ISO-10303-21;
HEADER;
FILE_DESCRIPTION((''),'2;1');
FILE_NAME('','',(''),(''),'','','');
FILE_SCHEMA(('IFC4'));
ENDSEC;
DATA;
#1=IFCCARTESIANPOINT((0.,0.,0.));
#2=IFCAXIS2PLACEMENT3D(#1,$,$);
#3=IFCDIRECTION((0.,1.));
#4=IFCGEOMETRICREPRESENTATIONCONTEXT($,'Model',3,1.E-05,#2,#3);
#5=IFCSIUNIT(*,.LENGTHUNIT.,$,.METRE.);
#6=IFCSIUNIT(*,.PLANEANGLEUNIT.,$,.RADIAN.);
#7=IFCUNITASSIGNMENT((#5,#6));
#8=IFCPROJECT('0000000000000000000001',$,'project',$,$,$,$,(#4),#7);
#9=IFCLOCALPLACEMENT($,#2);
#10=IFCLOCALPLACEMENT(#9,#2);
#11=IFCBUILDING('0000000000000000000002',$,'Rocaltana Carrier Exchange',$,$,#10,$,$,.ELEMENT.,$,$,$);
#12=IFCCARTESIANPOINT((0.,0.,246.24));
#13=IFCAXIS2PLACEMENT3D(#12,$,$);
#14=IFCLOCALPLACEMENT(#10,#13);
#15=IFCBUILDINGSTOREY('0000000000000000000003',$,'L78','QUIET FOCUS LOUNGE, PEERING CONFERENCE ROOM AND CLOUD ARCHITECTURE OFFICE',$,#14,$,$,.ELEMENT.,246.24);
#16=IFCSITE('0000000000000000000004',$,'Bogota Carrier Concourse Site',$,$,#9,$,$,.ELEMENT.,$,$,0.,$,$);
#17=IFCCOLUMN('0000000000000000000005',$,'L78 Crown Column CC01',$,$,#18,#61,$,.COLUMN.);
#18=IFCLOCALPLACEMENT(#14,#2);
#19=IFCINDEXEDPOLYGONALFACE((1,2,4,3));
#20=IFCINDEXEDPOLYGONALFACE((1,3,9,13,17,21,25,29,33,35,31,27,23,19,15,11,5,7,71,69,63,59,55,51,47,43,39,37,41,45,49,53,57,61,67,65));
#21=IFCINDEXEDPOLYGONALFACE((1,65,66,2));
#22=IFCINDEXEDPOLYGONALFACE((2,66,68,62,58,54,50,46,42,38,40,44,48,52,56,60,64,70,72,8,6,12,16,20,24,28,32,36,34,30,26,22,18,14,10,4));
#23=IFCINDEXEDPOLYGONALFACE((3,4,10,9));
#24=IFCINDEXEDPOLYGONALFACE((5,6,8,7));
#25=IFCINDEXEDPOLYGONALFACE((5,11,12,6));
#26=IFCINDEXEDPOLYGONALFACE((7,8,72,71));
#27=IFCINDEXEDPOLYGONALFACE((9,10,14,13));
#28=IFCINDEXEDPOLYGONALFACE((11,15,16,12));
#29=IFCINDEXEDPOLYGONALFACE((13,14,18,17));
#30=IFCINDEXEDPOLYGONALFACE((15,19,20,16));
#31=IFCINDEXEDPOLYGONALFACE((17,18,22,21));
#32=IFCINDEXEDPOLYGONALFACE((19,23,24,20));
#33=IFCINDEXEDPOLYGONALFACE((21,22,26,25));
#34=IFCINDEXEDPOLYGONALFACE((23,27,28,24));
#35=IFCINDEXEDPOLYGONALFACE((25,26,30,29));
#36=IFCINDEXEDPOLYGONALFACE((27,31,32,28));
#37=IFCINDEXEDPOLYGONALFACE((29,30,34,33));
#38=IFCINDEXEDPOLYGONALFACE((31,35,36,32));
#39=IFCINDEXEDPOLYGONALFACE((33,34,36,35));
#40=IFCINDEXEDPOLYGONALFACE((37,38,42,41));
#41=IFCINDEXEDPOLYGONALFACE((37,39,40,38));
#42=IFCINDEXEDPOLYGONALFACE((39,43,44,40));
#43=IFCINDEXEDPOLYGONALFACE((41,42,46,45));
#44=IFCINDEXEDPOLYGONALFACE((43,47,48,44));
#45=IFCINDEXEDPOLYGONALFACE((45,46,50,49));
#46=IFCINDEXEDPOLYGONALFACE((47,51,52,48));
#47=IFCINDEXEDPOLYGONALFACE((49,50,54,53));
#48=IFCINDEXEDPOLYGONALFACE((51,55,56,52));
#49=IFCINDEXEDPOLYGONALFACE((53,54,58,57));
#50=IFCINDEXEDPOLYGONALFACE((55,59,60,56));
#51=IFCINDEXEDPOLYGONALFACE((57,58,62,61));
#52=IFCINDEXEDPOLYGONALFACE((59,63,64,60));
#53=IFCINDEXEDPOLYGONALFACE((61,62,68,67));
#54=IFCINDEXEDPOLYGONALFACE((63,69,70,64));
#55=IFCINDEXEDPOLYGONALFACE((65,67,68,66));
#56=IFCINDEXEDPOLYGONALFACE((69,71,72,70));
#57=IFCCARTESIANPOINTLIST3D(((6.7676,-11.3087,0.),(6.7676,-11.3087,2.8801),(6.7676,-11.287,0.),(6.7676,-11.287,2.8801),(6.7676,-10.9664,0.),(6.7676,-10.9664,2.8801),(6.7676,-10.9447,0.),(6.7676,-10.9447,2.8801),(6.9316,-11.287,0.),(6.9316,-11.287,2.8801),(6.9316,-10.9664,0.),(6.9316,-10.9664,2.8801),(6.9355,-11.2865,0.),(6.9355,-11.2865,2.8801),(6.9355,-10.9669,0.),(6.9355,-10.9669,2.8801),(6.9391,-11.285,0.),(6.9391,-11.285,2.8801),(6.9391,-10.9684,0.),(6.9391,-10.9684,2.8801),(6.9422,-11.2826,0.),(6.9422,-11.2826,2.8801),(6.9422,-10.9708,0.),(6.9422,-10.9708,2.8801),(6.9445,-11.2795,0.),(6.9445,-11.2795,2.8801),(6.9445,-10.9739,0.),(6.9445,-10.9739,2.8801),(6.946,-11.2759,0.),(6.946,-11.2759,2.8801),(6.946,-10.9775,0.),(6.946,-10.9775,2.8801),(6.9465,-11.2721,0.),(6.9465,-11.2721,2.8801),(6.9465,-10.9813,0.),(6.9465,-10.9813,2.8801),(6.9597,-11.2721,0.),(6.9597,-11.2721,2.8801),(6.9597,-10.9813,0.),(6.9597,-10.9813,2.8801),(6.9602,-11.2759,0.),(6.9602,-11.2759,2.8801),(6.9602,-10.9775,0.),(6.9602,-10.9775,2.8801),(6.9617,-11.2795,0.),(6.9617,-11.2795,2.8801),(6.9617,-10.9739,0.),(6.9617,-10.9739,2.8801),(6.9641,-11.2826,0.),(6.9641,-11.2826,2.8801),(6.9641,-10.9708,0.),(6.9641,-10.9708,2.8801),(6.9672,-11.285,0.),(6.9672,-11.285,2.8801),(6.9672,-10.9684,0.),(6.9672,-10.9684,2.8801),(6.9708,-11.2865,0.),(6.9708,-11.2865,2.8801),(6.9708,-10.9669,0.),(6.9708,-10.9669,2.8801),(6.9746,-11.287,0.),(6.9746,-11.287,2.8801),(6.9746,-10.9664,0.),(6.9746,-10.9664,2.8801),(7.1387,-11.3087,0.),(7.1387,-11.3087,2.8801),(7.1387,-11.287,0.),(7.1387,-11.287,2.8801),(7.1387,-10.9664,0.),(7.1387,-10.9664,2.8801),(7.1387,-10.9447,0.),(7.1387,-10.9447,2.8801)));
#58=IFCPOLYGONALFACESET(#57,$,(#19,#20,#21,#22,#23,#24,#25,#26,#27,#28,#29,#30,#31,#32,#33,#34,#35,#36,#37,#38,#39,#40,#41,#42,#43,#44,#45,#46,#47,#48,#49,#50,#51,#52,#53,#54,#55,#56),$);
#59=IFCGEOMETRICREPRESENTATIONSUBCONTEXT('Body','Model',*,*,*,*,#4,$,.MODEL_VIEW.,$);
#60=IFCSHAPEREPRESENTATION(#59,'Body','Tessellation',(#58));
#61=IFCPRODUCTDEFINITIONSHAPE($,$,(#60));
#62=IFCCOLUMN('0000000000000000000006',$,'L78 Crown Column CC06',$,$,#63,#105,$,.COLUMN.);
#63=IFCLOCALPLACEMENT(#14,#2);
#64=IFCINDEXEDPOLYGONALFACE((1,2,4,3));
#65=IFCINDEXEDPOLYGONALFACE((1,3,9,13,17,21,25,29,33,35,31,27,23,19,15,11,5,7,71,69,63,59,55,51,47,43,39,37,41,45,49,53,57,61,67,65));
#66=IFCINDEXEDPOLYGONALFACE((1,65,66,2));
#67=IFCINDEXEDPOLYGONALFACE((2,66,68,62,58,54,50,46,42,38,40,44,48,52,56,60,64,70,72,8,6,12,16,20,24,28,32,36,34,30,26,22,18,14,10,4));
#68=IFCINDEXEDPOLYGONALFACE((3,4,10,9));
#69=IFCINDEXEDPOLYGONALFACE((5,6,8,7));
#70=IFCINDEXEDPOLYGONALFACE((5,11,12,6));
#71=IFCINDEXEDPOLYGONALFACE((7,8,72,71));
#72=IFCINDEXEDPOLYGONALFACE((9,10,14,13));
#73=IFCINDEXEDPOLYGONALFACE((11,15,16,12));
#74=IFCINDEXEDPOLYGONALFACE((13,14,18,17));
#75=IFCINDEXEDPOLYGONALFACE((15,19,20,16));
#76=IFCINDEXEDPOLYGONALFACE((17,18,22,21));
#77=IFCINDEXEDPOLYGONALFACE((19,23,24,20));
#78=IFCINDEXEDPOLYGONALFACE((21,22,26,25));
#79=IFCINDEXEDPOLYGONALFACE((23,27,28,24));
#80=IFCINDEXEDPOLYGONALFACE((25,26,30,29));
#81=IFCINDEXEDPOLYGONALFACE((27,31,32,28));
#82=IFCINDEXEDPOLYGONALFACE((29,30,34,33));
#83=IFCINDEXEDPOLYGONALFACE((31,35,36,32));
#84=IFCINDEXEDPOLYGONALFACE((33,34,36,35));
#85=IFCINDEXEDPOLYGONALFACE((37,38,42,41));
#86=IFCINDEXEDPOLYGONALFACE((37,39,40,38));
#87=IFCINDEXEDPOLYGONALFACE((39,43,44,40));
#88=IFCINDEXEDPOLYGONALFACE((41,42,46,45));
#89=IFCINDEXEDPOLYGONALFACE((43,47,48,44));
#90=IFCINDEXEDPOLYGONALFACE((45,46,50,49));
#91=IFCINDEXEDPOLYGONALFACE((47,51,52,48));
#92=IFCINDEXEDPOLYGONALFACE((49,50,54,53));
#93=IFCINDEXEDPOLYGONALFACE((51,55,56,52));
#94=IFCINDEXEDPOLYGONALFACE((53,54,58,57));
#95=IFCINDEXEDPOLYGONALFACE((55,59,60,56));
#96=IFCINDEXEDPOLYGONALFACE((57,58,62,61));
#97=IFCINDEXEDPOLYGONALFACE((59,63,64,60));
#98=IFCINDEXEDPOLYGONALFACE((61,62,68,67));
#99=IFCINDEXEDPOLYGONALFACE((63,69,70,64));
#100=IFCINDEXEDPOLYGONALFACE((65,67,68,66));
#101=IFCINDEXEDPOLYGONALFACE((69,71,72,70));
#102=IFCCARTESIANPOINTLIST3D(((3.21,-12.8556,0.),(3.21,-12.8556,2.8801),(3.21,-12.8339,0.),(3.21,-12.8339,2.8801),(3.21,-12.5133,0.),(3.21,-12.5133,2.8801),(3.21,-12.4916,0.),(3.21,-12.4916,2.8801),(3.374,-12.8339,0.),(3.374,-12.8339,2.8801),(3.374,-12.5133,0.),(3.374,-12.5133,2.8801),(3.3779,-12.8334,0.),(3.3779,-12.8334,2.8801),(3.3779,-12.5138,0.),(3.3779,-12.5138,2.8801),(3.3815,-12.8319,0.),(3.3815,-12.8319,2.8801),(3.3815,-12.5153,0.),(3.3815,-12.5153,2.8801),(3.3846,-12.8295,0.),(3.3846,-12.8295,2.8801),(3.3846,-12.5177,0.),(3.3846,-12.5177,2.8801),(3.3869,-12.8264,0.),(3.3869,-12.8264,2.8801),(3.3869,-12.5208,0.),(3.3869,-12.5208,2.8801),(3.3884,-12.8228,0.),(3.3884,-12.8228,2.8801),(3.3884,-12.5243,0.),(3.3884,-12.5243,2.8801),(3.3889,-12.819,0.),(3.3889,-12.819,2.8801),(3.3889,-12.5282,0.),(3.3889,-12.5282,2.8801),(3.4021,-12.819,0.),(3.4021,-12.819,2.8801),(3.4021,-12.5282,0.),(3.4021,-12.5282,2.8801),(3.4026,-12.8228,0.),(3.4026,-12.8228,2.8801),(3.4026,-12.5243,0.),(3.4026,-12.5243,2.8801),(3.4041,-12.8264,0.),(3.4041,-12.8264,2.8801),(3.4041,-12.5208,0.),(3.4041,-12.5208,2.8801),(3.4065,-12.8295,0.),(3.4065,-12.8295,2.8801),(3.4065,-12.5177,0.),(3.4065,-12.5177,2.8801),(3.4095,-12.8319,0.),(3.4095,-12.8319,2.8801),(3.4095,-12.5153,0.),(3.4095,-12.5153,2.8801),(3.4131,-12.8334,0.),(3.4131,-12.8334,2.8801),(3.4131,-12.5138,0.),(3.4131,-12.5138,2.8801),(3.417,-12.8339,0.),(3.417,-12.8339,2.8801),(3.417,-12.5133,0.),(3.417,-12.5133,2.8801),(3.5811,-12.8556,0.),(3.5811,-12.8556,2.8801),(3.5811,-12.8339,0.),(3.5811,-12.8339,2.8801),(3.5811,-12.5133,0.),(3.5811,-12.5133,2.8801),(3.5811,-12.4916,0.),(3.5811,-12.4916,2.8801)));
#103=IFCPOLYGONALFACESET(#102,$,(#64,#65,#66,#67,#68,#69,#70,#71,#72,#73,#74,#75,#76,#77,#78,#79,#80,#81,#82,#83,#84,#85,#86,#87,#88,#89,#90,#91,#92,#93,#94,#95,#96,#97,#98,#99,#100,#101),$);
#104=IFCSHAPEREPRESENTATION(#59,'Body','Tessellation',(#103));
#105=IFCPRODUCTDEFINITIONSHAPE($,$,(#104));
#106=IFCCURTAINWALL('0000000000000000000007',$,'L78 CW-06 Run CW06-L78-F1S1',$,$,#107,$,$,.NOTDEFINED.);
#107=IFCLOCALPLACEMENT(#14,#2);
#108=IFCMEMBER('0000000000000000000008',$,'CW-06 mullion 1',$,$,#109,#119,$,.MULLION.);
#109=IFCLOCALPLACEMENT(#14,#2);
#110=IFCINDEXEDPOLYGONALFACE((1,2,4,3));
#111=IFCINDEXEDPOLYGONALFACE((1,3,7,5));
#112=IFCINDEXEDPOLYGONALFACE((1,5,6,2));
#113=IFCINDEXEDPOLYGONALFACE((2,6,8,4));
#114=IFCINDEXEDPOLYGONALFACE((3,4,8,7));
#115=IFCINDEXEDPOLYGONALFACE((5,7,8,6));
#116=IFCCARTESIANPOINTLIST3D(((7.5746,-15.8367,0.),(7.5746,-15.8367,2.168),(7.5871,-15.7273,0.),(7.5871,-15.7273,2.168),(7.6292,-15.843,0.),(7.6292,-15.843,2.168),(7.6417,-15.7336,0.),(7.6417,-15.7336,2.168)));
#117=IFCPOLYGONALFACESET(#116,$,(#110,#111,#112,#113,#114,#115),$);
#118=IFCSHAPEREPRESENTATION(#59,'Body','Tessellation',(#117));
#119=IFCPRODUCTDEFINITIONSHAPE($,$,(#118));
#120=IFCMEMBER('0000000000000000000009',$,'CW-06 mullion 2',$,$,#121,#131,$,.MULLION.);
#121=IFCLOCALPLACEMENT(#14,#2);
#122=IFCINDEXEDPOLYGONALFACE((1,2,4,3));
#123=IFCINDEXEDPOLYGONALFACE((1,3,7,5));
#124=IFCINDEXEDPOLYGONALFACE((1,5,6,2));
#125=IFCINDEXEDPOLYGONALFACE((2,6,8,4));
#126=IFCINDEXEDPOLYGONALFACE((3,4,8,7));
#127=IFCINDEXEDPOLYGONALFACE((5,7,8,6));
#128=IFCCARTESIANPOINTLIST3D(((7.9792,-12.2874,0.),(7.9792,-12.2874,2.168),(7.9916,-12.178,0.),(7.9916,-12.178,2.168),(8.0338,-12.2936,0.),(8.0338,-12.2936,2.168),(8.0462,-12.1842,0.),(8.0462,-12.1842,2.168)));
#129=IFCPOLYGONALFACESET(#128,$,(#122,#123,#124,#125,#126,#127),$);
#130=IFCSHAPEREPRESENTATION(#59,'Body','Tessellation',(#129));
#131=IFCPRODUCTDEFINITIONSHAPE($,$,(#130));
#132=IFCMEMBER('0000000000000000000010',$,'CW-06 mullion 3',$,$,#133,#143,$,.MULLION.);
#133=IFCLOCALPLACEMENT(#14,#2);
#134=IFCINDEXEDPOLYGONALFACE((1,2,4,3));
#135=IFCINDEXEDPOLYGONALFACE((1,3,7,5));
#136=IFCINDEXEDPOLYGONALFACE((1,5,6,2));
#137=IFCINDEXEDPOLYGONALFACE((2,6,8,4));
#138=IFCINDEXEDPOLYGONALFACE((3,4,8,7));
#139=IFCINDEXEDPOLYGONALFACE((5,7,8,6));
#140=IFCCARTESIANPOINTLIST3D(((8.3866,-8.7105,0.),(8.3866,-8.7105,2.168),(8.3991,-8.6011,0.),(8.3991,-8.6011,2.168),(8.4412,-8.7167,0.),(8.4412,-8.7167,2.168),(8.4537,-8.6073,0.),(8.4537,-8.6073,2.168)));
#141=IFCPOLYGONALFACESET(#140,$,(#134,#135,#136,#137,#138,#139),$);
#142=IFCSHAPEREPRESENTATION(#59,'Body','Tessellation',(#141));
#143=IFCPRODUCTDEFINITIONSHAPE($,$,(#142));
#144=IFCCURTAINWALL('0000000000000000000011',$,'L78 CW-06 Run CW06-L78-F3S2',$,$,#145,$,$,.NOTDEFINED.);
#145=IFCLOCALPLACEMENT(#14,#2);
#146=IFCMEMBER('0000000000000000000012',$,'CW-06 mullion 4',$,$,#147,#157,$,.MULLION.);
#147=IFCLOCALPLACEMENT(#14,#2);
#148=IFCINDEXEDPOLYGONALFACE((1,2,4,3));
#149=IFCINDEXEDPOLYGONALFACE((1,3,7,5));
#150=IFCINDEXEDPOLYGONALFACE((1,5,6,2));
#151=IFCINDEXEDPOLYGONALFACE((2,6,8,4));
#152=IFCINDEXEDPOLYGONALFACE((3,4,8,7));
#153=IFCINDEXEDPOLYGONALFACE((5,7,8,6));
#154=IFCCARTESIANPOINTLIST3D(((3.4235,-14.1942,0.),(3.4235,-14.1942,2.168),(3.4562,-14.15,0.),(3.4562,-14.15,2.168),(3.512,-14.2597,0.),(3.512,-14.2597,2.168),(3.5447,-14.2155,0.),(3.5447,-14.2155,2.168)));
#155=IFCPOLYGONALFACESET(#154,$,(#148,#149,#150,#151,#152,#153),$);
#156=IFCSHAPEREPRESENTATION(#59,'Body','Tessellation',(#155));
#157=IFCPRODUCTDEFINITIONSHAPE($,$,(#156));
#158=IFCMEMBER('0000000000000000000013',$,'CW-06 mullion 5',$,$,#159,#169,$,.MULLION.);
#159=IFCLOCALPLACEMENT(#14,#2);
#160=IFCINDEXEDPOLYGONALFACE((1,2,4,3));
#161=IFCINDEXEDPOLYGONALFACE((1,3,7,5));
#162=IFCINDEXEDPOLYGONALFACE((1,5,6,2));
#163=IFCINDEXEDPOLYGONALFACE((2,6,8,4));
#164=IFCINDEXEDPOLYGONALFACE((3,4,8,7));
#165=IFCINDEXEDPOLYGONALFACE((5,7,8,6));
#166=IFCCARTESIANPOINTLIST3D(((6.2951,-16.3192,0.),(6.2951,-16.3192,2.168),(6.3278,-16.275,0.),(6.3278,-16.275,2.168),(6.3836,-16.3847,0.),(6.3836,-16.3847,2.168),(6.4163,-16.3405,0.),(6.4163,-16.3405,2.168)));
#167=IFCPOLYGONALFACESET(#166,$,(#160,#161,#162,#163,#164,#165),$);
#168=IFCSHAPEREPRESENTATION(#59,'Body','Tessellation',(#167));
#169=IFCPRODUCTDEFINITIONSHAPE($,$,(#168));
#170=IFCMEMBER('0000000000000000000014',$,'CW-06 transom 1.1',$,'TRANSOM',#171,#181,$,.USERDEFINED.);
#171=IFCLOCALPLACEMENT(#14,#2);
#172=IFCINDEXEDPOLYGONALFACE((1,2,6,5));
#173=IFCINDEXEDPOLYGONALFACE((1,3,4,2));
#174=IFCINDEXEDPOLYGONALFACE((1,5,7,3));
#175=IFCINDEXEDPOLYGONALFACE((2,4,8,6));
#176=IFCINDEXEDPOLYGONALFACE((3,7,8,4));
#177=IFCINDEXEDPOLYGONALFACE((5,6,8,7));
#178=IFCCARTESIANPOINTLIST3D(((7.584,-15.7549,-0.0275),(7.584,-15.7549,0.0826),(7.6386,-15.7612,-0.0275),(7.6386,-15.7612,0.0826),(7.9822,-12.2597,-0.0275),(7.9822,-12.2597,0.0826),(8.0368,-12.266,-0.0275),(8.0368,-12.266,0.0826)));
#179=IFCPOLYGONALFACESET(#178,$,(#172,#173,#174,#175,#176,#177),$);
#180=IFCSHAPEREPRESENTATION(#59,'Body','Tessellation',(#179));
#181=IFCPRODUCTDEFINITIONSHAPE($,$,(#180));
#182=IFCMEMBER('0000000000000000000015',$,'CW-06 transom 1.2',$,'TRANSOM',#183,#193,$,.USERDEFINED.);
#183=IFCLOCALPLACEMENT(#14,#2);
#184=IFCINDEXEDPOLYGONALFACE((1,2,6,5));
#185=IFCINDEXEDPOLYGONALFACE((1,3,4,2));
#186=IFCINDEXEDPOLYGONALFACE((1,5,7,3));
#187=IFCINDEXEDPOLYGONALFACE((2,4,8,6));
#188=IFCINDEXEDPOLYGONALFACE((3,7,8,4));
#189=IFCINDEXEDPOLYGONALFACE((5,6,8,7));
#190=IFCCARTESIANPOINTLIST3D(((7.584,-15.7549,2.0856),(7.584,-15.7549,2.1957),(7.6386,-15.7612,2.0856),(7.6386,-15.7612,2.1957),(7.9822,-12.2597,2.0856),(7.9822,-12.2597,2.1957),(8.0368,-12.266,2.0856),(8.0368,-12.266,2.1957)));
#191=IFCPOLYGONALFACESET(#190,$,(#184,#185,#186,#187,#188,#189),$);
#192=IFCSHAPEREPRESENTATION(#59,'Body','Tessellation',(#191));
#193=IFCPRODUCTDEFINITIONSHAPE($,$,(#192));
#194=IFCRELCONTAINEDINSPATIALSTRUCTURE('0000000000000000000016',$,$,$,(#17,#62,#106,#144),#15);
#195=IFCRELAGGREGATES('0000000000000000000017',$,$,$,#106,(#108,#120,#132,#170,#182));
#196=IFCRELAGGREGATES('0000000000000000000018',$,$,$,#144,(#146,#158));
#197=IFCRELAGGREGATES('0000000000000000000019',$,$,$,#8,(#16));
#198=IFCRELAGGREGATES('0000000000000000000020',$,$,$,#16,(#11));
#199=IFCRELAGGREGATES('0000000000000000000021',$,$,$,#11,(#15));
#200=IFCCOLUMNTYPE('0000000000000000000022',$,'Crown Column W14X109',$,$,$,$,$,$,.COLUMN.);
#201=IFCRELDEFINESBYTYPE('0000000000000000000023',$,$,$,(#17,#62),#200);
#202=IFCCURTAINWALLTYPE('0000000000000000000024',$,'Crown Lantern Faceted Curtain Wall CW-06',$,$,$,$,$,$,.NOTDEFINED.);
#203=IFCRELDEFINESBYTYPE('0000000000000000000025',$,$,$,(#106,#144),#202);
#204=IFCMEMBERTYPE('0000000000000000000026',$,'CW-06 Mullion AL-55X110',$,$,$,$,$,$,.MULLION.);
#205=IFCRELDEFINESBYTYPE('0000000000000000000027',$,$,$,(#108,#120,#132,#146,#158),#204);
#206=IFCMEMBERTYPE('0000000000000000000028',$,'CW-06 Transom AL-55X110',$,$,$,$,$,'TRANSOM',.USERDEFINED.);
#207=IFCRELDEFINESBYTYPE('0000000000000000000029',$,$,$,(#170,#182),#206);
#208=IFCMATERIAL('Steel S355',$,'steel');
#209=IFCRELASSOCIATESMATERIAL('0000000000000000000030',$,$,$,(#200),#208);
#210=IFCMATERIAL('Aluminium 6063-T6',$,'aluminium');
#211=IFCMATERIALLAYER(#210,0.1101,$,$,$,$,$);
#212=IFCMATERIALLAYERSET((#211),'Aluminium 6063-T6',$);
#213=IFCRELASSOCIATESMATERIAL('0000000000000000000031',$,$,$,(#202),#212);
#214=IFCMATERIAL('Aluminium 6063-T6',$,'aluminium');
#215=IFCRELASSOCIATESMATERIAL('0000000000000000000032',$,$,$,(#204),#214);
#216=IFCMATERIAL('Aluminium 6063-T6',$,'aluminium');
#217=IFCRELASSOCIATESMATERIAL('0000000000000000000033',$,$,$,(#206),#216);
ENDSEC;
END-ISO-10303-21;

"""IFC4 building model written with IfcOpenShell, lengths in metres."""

from ifc_helpers import new_model, si_unit, direction, frame, origin, origin_2d, place, context, subcontext, project, spatial, rectangle, i_section, extrude, material, layer, layer_set, material_profile, profile_set, type_object, element, aggregate, save


model = new_model("IFC4")

# Units and contexts
model_context = context("Model", 3, precision=1e-05, world=origin(), true_north=direction((0.0, 1.0)))
body_context = subcontext(model_context, "Body", "Model", "MODEL_VIEW")
ifc_project = project(units=[si_unit("LENGTHUNIT", "METRE"), si_unit("PLANEANGLEUNIT", "RADIAN")], contexts=[model_context])

# Site, building, storey
site_placement = place(None, origin())
site = spatial("IfcSite", under=ifc_project, at=site_placement, Name="Bogota Carrier Concourse Site", CompositionType="ELEMENT", RefElevation=0.0)
building_placement = place(site_placement, origin())
building = spatial("IfcBuilding", under=site, at=building_placement, Name="Rocaltana Carrier Exchange", CompositionType="ELEMENT")
storey_placement = place(building_placement, frame((0.0, 0.0, 246.24)))
storey = spatial("IfcBuildingStorey", under=building, at=storey_placement, Name="L78", Description="QUIET FOCUS LOUNGE, PEERING CONFERENCE ROOM AND CLOUD ARCHITECTURE OFFICE", CompositionType="ELEMENT", Elevation=246.24)

# Columns
ifc_material_1 = material(Name="Steel S355", Category="steel")
ifc_material_profile_1 = material_profile(ifc_material_1, i_section(OverallWidth=0.3711, OverallDepth=0.364, WebThickness=0.0132, FlangeThickness=0.0217, FilletRadius=0.0149, at=origin_2d()), Name="W14X109")
ifc_profile_set_1 = profile_set([ifc_material_profile_1], Name="Steel S355")
column_type = type_object("IfcColumnType", Name="Crown Column W14X109", PredefinedType="COLUMN", material=ifc_profile_set_1)
for number, where, z_axis, x_axis, name in (
    (1, (6.9531, -11.1267, 0.0), (0.0, 0.0, 1.0), (1.0, 0.0, 0.0), "L78 Crown Column CC01"),
    (2, (3.3955, -12.6736, 0.0), (0.0, 0.0, 1.0), (1.0, 0.0, 0.0), "L78 Crown Column CC06"),
):
    element("IfcColumn", number, at=place(storey_placement, frame(where, z_axis=z_axis, x_axis=x_axis)), inside=storey, type_object=column_type, Name=name, PredefinedType="COLUMN", context=body_context, shape_type="SweptSolid", body=[
        extrude(i_section(OverallWidth=0.3711, OverallDepth=0.364, WebThickness=0.0132, FlangeThickness=0.0217, FilletRadius=0.0149, at=origin_2d()), origin(), (0.0, 0.0, 1.0), 2.8801),
    ])

# Curtain walls, members
ifc_material_2 = material(Name="Aluminium 6063-T6", Category="aluminium")
ifc_layer_1 = layer(ifc_material_2, 0.1101)
ifc_layer_set_1 = layer_set([ifc_layer_1], Name="Aluminium 6063-T6")
curtain_wall_type = type_object("IfcCurtainWallType", Name="Crown Lantern Faceted Curtain Wall CW-06", PredefinedType="NOTDEFINED", material=ifc_layer_set_1)
curtain_wall_1_placement = place(storey_placement, origin())
curtain_wall_1 = element("IfcCurtainWall", 3, at=curtain_wall_1_placement, inside=storey, type_object=curtain_wall_type, Name="L78 CW-06 Run CW06-L78-F1S1", PredefinedType="NOTDEFINED")
ifc_material_3 = material(Name="Aluminium 6063-T6", Category="aluminium")
ifc_material_profile_2 = material_profile(ifc_material_3, rectangle(XDim=0.0549, YDim=0.1101, at=origin_2d()), Name="AL-55X110")
ifc_profile_set_2 = profile_set([ifc_material_profile_2], Name="Aluminium 6063-T6")
member_type_1 = type_object("IfcMemberType", Name="CW-06 Mullion AL-55X110", PredefinedType="MULLION", material=ifc_profile_set_2)
member_1_placement = place(storey_placement, frame((7.6082, -15.7852, 0.0), z_axis=(0.0, 0.0, 1.0), x_axis=(-0.993571, 0.113208, 0.0)))
member_1 = element("IfcMember", 4, at=member_1_placement, type_object=member_type_1, Name="CW-06 mullion 1", PredefinedType="MULLION", context=body_context, shape_type="SweptSolid", body=[
    extrude(rectangle(XDim=0.0549, YDim=0.1101, at=origin_2d()), origin(), (0.0, 0.0, 1.0), 2.168),
])
member_2_placement = place(storey_placement, frame((8.0127, -12.2358, 0.0), z_axis=(0.0, 0.0, 1.0), x_axis=(-0.993571, 0.113208, 0.0)))
member_2 = element("IfcMember", 5, at=member_2_placement, type_object=member_type_1, Name="CW-06 mullion 2", PredefinedType="MULLION", context=body_context, shape_type="SweptSolid", body=[
    extrude(rectangle(XDim=0.0549, YDim=0.1101, at=origin_2d()), origin(), (0.0, 0.0, 1.0), 2.168),
])
member_3_placement = place(storey_placement, frame((8.4202, -8.6589, 0.0), z_axis=(0.0, 0.0, 1.0), x_axis=(-0.993571, 0.113208, 0.0)))
member_3 = element("IfcMember", 6, at=member_3_placement, type_object=member_type_1, Name="CW-06 mullion 3", PredefinedType="MULLION", context=body_context, shape_type="SweptSolid", body=[
    extrude(rectangle(XDim=0.0549, YDim=0.1101, at=origin_2d()), origin(), (0.0, 0.0, 1.0), 2.168),
])
curtain_wall_2_placement = place(storey_placement, origin())
curtain_wall_2 = element("IfcCurtainWall", 7, at=curtain_wall_2_placement, inside=storey, type_object=curtain_wall_type, Name="L78 CW-06 Run CW06-L78-F3S2", PredefinedType="NOTDEFINED")
member_4_placement = place(storey_placement, frame((3.4841, -14.2048, 0.0), z_axis=(0.0, 0.0, 1.0), x_axis=(0.594826, 0.803854, 0.0)))
member_4 = element("IfcMember", 8, at=member_4_placement, type_object=member_type_1, Name="CW-06 mullion 4", PredefinedType="MULLION", context=body_context, shape_type="SweptSolid", body=[
    extrude(rectangle(XDim=0.0549, YDim=0.1101, at=origin_2d()), origin(), (0.0, 0.0, 1.0), 2.168),
])
member_5_placement = place(storey_placement, frame((6.3557, -16.3298, 0.0), z_axis=(0.0, 0.0, 1.0), x_axis=(0.594826, 0.803854, 0.0)))
member_5 = element("IfcMember", 9, at=member_5_placement, type_object=member_type_1, Name="CW-06 mullion 5", PredefinedType="MULLION", context=body_context, shape_type="SweptSolid", body=[
    extrude(rectangle(XDim=0.0549, YDim=0.1101, at=origin_2d()), origin(), (0.0, 0.0, 1.0), 2.168),
])

# Members
ifc_material_4 = material(Name="Aluminium 6063-T6", Category="aluminium")
ifc_material_profile_3 = material_profile(ifc_material_4, rectangle(XDim=0.0549, YDim=0.1101, at=origin_2d()), Name="AL-55X110")
ifc_profile_set_3 = profile_set([ifc_material_profile_3], Name="Aluminium 6063-T6")
member_type_2 = type_object("IfcMemberType", Name="CW-06 Transom AL-55X110", ElementType="TRANSOM", PredefinedType="USERDEFINED", material=ifc_profile_set_3)
member_6_placement = place(storey_placement, frame((7.6113, -15.7581, 0.0276), z_axis=(0.113196, 0.993573, 0.0), x_axis=(-0.993573, 0.113196, 0.0)))
member_6 = element("IfcMember", 10, at=member_6_placement, type_object=member_type_2, Name="CW-06 transom 1.1", ObjectType="TRANSOM", PredefinedType="USERDEFINED", context=body_context, shape_type="SweptSolid", body=[
    extrude(rectangle(XDim=0.0549, YDim=0.1101, at=origin_2d()), origin(), (0.0, 0.0, 1.0), 3.5178),
])
member_7_placement = place(storey_placement, frame((7.6113, -15.7581, 2.1406), z_axis=(0.113196, 0.993573, 0.0), x_axis=(-0.993573, 0.113196, 0.0)))
member_7 = element("IfcMember", 11, at=member_7_placement, type_object=member_type_2, Name="CW-06 transom 1.2", ObjectType="TRANSOM", PredefinedType="USERDEFINED", context=body_context, shape_type="SweptSolid", body=[
    extrude(rectangle(XDim=0.0549, YDim=0.1101, at=origin_2d()), origin(), (0.0, 0.0, 1.0), 3.5178),
])

aggregate(curtain_wall_1, [member_1, member_2, member_3, member_6, member_7])
aggregate(curtain_wall_2, [member_4, member_5])

save(model, "model.ifc")
